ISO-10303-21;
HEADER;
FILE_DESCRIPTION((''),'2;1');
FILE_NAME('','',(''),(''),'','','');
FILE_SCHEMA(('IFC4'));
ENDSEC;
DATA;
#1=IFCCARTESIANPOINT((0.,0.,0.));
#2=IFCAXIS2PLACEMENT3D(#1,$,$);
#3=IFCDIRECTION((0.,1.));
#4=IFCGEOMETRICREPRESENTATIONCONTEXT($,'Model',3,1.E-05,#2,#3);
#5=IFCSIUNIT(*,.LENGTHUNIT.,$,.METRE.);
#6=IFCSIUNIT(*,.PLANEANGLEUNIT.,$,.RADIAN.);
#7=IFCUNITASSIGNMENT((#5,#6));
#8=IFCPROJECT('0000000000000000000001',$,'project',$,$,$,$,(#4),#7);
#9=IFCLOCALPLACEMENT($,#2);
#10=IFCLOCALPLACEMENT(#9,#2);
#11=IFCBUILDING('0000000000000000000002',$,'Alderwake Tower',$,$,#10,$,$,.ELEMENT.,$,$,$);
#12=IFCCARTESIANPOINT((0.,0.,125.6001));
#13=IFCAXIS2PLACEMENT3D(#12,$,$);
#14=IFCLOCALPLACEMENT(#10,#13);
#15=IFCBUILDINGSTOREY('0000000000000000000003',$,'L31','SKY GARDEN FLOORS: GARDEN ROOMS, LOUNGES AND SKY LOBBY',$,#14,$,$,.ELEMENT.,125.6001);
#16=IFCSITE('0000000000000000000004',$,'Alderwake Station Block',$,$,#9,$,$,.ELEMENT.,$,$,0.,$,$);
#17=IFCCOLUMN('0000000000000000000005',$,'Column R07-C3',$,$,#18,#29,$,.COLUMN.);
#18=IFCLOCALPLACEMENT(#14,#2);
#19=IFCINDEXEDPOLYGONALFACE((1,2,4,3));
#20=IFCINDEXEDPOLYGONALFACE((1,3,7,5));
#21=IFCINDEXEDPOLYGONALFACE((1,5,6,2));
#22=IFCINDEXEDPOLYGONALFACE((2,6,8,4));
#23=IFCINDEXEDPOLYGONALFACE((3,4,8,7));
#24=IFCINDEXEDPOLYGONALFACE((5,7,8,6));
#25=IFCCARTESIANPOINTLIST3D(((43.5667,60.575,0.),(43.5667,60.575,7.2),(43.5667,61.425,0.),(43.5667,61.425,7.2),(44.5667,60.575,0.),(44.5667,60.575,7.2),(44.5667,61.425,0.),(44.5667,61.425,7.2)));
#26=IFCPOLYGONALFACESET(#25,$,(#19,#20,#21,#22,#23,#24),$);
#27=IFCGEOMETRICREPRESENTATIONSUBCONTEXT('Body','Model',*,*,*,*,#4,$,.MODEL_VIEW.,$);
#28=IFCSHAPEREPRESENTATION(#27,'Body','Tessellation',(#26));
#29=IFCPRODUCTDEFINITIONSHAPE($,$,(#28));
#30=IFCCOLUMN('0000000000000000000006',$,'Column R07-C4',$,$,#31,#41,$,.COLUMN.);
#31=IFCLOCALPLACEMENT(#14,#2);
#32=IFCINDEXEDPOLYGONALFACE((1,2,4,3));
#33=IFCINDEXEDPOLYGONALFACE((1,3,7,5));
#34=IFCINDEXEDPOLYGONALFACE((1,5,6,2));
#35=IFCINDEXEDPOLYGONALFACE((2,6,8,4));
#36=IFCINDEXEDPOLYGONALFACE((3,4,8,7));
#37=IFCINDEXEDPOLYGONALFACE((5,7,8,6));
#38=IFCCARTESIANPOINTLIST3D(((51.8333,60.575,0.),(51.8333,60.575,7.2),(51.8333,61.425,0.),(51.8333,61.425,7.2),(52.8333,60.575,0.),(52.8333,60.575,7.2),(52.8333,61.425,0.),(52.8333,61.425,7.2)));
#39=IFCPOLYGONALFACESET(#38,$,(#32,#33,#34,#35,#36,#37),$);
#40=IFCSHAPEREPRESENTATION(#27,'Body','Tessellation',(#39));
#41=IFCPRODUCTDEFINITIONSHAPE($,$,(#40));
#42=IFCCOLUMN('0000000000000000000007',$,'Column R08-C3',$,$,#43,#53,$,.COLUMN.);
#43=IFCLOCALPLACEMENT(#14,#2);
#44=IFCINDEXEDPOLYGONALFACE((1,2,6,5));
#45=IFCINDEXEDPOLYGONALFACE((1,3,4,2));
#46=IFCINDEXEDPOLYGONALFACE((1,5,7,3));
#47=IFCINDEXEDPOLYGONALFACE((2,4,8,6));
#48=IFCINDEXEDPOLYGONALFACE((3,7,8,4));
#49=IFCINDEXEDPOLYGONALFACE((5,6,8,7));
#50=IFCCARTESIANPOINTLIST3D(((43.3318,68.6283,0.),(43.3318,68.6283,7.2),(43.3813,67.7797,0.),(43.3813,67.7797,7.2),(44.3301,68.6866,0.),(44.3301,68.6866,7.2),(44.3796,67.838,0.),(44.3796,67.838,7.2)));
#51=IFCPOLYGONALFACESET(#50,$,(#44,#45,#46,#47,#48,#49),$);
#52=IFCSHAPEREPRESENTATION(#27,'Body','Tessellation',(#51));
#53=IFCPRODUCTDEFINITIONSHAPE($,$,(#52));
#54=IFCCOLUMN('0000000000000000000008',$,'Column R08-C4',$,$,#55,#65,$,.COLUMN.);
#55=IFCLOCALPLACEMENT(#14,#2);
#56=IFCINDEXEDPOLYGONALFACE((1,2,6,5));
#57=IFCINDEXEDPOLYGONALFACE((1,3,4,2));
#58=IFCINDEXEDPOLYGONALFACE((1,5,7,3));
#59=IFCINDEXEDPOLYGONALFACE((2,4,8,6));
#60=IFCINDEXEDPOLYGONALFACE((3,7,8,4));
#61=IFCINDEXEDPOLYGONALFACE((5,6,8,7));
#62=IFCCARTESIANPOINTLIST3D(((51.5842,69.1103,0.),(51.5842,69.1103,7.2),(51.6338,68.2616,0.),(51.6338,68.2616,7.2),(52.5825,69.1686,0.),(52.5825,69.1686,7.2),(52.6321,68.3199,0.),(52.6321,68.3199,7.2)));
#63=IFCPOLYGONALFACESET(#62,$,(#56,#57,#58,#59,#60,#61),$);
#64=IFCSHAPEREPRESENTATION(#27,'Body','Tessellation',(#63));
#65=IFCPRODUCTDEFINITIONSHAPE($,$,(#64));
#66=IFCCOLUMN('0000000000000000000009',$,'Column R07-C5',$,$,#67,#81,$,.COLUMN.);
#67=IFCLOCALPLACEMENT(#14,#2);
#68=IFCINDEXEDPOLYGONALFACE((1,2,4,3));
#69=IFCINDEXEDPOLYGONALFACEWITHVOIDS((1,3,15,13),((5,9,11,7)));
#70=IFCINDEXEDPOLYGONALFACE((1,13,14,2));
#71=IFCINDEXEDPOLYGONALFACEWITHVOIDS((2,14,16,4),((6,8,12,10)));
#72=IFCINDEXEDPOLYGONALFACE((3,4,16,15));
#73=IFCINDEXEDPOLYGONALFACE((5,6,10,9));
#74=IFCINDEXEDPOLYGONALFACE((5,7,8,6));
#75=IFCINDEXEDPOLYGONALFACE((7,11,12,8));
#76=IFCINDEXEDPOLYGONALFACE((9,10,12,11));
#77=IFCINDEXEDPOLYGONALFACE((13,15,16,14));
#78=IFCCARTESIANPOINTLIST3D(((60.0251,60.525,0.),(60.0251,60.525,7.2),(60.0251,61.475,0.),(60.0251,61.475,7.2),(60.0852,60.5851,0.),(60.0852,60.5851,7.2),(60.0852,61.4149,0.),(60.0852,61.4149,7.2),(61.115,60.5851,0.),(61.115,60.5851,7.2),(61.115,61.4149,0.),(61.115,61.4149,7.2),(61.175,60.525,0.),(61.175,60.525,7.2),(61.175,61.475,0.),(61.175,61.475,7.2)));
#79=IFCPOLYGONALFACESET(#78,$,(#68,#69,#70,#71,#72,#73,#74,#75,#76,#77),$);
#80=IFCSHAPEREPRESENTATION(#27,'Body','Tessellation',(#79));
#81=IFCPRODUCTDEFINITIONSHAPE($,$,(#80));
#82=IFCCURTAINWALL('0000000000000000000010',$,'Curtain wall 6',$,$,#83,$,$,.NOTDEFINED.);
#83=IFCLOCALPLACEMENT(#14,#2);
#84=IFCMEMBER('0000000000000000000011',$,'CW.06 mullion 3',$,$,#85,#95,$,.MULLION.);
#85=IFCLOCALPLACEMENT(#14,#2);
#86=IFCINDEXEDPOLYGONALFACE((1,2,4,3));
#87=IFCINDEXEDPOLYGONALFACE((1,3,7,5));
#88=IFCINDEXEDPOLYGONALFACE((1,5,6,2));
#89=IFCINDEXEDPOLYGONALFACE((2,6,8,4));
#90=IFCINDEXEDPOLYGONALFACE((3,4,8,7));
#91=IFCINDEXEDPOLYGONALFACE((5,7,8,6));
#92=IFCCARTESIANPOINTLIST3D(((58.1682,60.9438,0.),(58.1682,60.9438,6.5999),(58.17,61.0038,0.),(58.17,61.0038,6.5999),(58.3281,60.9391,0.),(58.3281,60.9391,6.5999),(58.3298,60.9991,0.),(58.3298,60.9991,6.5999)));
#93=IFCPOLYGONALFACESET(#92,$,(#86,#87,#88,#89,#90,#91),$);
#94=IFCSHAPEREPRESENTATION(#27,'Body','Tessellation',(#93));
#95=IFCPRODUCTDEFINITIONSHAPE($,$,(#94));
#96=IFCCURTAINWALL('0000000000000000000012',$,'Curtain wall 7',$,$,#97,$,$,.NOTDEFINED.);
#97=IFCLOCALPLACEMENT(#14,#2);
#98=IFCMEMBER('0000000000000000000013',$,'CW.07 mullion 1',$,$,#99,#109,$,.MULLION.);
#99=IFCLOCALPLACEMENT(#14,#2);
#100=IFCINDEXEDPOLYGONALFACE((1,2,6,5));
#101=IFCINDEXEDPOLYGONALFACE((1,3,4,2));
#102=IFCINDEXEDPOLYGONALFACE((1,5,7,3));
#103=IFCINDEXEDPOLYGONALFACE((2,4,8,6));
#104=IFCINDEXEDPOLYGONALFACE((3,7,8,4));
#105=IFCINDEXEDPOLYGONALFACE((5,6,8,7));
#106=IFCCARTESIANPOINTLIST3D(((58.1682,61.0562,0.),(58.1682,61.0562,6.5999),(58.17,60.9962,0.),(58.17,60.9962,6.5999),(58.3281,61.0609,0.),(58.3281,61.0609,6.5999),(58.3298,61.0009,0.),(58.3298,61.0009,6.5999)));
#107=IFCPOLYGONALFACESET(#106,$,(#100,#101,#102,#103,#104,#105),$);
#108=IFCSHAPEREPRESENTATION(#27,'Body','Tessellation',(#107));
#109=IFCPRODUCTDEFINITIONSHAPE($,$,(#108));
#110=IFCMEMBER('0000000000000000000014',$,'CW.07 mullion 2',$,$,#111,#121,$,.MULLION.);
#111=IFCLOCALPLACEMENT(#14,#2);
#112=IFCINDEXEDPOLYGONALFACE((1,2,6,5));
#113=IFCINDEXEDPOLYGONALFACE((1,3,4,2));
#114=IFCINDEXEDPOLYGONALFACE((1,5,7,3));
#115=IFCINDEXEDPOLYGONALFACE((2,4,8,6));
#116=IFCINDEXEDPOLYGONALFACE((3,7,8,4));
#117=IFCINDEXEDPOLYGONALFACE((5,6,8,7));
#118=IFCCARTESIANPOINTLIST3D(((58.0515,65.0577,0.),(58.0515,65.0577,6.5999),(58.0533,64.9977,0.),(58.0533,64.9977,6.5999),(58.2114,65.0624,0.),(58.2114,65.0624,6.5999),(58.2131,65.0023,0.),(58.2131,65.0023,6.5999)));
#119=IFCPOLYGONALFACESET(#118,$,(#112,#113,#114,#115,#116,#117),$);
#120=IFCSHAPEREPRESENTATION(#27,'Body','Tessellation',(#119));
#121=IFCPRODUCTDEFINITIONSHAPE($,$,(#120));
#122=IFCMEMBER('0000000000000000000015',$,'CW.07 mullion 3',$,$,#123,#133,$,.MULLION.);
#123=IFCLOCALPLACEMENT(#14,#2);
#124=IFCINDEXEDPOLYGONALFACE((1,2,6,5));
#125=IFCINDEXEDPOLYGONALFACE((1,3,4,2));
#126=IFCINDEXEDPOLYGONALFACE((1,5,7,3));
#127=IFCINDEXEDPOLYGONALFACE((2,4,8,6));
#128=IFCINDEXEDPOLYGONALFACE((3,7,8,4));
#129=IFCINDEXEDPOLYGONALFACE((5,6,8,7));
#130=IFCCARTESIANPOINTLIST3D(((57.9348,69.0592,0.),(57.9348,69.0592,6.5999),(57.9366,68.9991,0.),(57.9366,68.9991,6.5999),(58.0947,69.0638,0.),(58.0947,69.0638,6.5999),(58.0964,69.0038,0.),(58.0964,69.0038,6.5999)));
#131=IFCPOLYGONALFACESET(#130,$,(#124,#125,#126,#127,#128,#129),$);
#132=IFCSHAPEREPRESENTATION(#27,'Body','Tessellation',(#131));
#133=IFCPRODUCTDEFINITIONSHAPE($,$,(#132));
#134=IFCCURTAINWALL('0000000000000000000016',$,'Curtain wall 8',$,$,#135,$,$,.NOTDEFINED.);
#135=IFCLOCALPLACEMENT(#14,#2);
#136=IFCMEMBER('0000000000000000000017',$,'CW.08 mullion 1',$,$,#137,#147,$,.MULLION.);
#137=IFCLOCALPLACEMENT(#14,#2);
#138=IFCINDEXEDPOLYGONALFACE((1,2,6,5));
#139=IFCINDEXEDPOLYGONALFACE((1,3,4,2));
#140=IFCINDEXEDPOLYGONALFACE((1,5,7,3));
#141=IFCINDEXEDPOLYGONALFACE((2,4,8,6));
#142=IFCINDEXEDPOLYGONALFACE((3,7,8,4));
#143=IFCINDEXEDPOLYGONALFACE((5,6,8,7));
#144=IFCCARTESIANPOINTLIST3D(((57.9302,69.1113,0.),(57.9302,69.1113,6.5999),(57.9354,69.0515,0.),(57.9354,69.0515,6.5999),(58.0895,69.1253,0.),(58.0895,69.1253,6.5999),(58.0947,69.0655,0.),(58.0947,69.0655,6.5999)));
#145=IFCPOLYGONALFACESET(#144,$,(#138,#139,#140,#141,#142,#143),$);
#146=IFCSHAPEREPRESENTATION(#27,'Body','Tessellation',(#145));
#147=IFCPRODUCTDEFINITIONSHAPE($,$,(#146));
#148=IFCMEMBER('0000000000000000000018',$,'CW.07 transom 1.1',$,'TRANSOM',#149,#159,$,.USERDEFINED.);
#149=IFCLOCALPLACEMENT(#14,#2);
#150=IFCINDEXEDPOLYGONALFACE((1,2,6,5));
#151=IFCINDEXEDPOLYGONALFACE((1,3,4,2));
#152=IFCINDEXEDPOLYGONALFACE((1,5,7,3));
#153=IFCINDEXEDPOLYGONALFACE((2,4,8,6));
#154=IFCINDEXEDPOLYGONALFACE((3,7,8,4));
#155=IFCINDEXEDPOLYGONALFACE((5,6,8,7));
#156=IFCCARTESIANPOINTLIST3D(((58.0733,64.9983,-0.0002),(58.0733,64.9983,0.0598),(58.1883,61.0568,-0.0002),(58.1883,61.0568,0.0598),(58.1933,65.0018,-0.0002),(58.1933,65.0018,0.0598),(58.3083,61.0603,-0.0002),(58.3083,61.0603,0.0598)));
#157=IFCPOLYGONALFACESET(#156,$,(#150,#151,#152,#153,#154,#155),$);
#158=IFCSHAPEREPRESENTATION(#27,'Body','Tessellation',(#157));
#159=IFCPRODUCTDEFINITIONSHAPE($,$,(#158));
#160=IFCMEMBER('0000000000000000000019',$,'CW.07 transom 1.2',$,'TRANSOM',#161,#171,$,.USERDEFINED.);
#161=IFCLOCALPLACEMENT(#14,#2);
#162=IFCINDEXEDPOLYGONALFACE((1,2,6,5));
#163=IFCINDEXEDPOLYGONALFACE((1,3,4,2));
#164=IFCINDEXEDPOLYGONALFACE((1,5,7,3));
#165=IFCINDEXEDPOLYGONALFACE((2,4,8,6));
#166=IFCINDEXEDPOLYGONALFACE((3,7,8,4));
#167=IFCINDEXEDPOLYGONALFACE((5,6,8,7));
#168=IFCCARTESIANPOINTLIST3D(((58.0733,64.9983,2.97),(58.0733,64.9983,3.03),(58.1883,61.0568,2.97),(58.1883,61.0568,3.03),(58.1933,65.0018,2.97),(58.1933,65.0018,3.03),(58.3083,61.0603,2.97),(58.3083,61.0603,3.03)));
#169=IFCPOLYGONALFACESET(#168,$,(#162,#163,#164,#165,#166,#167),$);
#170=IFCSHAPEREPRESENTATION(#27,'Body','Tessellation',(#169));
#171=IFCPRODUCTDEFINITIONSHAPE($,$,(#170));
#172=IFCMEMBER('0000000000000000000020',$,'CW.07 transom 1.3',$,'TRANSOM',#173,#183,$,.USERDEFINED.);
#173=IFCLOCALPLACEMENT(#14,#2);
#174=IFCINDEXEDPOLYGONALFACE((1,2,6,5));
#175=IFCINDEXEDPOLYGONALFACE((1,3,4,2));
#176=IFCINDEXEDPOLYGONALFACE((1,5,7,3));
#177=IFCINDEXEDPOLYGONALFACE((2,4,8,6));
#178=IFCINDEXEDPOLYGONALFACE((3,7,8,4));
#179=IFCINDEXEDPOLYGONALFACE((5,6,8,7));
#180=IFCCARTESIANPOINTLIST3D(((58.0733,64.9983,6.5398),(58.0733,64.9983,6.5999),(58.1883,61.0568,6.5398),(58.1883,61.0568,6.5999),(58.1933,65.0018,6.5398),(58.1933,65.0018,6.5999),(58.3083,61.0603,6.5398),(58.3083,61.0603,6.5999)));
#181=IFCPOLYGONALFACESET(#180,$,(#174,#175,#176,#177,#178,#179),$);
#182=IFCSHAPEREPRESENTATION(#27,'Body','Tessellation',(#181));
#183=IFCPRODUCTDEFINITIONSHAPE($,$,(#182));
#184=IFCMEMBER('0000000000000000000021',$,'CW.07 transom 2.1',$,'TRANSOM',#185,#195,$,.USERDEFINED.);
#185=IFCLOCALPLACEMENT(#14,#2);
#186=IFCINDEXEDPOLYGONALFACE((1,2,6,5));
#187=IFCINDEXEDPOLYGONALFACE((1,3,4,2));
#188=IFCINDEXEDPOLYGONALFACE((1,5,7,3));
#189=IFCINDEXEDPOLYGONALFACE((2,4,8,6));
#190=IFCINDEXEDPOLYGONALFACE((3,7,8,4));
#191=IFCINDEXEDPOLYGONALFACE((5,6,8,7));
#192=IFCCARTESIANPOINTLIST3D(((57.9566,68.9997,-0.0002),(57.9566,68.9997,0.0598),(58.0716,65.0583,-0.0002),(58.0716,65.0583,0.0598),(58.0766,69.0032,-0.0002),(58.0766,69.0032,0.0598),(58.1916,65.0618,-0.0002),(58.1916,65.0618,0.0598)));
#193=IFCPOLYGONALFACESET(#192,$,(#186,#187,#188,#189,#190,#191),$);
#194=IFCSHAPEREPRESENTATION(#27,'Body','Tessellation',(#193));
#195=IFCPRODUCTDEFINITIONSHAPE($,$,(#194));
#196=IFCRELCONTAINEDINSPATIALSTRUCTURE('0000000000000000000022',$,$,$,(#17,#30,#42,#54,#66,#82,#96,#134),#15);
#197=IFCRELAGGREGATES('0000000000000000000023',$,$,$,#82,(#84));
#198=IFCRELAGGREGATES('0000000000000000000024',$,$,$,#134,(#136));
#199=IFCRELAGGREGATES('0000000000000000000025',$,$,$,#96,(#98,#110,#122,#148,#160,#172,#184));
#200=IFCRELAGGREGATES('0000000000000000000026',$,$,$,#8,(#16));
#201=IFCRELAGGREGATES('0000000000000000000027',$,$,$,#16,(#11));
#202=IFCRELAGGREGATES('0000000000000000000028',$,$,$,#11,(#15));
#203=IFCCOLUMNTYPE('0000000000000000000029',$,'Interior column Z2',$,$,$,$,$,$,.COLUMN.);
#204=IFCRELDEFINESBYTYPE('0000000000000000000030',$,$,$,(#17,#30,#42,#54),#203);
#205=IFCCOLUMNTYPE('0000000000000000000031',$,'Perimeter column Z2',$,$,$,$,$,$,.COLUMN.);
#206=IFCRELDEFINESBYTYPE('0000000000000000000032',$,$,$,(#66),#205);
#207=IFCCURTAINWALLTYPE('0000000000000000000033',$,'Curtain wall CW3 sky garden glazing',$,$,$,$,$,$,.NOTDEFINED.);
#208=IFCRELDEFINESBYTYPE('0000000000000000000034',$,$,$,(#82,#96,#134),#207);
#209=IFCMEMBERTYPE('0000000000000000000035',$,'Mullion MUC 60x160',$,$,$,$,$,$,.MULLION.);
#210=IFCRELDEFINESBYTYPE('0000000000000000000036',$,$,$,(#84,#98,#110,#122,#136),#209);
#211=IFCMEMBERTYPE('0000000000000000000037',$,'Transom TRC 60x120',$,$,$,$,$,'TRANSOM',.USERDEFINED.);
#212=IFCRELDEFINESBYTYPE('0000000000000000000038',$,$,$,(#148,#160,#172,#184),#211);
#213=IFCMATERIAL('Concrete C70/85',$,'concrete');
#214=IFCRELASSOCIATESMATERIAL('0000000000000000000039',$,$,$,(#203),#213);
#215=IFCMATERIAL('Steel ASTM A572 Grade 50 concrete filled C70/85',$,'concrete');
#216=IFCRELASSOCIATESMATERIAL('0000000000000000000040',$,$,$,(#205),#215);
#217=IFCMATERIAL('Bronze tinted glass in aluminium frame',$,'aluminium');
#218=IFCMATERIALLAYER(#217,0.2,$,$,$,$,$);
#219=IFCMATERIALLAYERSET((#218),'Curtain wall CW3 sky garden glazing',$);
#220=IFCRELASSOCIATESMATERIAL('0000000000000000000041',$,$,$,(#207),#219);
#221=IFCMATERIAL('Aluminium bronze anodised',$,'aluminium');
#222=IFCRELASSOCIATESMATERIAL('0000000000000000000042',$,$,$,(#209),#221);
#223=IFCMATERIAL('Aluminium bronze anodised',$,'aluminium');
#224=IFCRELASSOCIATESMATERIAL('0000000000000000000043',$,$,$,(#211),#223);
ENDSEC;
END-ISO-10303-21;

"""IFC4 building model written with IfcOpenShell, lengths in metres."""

from ifc_helpers import new_model, si_unit, direction, frame, origin, origin_2d, place, context, subcontext, project, spatial, rectangle, hollow_rectangle, extrude, material, layer, layer_set, material_profile, profile_set, type_object, element, aggregate, save


model = new_model("IFC4")

# Units and contexts
model_context = context("Model", 3, precision=1e-05, world=origin(), true_north=direction((0.0, 1.0)))
body_context = subcontext(model_context, "Body", "Model", "MODEL_VIEW")
ifc_project = project(units=[si_unit("LENGTHUNIT", "METRE"), si_unit("PLANEANGLEUNIT", "RADIAN")], contexts=[model_context])

# Site, building, storey
site_placement = place(None, origin())
site = spatial("IfcSite", under=ifc_project, at=site_placement, Name="Alderwake Station Block", CompositionType="ELEMENT", RefElevation=0.0)
building_placement = place(site_placement, origin())
building = spatial("IfcBuilding", under=site, at=building_placement, Name="Alderwake Tower", CompositionType="ELEMENT")
storey_placement = place(building_placement, frame((0.0, 0.0, 125.6001)))
storey = spatial("IfcBuildingStorey", under=building, at=storey_placement, Name="L31", Description="SKY GARDEN FLOORS: GARDEN ROOMS, LOUNGES AND SKY LOBBY", CompositionType="ELEMENT", Elevation=125.6001)

# Columns
ifc_material_1 = material(Name="Concrete C70/85", Category="concrete")
ifc_material_profile_1 = material_profile(ifc_material_1, rectangle(XDim=0.8501, YDim=1.0, at=origin_2d()), Name="RC 1000X850")
ifc_profile_set_1 = profile_set([ifc_material_profile_1], Name="Concrete C70/85")
column_type_1 = type_object("IfcColumnType", Name="Interior column Z2", PredefinedType="COLUMN", material=ifc_profile_set_1)
for number, where, z_axis, x_axis, name in (
    (1, (44.0667, 61.0, 0.0), (0.0, 0.0, 1.0), (0.0, 1.0, 0.0), "Column R07-C3"),
    (2, (52.3333, 61.0, 0.0), (0.0, 0.0, 1.0), (0.0, 1.0, 0.0), "Column R07-C4"),
    (3, (43.8557, 68.2332, 0.0), (0.0, 0.0, 1.0), (-0.058299, 0.998299, 0.0), "Column R08-C3"),
    (4, (52.1082, 68.7151, 0.0), (0.0, 0.0, 1.0), (-0.058301, 0.998299, 0.0), "Column R08-C4"),
):
    element("IfcColumn", number, at=place(storey_placement, frame(where, z_axis=z_axis, x_axis=x_axis)), inside=storey, type_object=column_type_1, Name=name, PredefinedType="COLUMN", context=body_context, shape_type="SweptSolid", body=[
        extrude(rectangle(XDim=0.8501, YDim=1.0, at=origin_2d()), origin(), (0.0, 0.0, 1.0), 7.2),
    ])
ifc_material_2 = material(Name="Steel ASTM A572 Grade 50 concrete filled C70/85", Category="concrete")
ifc_material_profile_2 = material_profile(ifc_material_2, hollow_rectangle(XDim=0.95, YDim=1.1499, WallThickness=0.0601, at=origin_2d()), Name="BOX 1150X950X60")
ifc_profile_set_2 = profile_set([ifc_material_profile_2], Name="Steel ASTM A572 Grade 50 concrete filled C70/85")
column_type_2 = type_object("IfcColumnType", Name="Perimeter column Z2", PredefinedType="COLUMN", material=ifc_profile_set_2)
column_placement = place(storey_placement, frame((60.6001, 61.0, 0.0), z_axis=(0.0, 0.0, 1.0), x_axis=(0.0, 1.0, 0.0)))
element("IfcColumn", 5, at=column_placement, inside=storey, type_object=column_type_2, Name="Column R07-C5", PredefinedType="COLUMN", context=body_context, shape_type="SweptSolid", body=[
    extrude(hollow_rectangle(XDim=0.95, YDim=1.1499, WallThickness=0.0601, at=origin_2d()), origin(), (0.0, 0.0, 1.0), 7.2),
])

# Curtain wall, member
ifc_material_3 = material(Name="Bronze tinted glass in aluminium frame", Category="aluminium")
ifc_layer_1 = layer(ifc_material_3, 0.2)
ifc_layer_set_1 = layer_set([ifc_layer_1], Name="Curtain wall CW3 sky garden glazing")
curtain_wall_type = type_object("IfcCurtainWallType", Name="Curtain wall CW3 sky garden glazing", PredefinedType="NOTDEFINED", material=ifc_layer_set_1)
curtain_wall_1_placement = place(storey_placement, origin())
curtain_wall_1 = element("IfcCurtainWall", 6, at=curtain_wall_1_placement, inside=storey, type_object=curtain_wall_type, Name="Curtain wall 6", PredefinedType="NOTDEFINED")
ifc_material_4 = material(Name="Aluminium bronze anodised", Category="aluminium")
ifc_material_profile_3 = material_profile(ifc_material_4, rectangle(XDim=0.1599, YDim=0.0601, at=origin_2d()), Name="Mullion MUC 60x160")
ifc_profile_set_3 = profile_set([ifc_material_profile_3], Name="Aluminium bronze anodised")
member_type_1 = type_object("IfcMemberType", Name="Mullion MUC 60x160", PredefinedType="MULLION", material=ifc_profile_set_3)
member_1_placement = place(storey_placement, frame((58.249, 60.9714, 0.0), z_axis=(0.0, 0.0, 1.0), x_axis=(-0.999575, 0.029158, 0.0)))
member_1 = element("IfcMember", 7, at=member_1_placement, type_object=member_type_1, Name="CW.06 mullion 3", PredefinedType="MULLION", context=body_context, shape_type="SweptSolid", body=[
    extrude(rectangle(XDim=0.1599, YDim=0.0601, at=origin_2d()), origin(), (0.0, 0.0, 1.0), 6.5999),
])
aggregate(curtain_wall_1, [member_1])

# Curtain wall, members
curtain_wall_2_placement = place(storey_placement, origin())
curtain_wall_2 = element("IfcCurtainWall", 8, at=curtain_wall_2_placement, inside=storey, type_object=curtain_wall_type, Name="Curtain wall 7", PredefinedType="NOTDEFINED")
member_2_placement = place(storey_placement, frame((58.249, 61.0286, 0.0), z_axis=(0.0, 0.0, 1.0), x_axis=(-0.999575, -0.029158, 0.0)))
member_2 = element("IfcMember", 9, at=member_2_placement, type_object=member_type_1, Name="CW.07 mullion 1", PredefinedType="MULLION", context=body_context, shape_type="SweptSolid", body=[
    extrude(rectangle(XDim=0.1599, YDim=0.0601, at=origin_2d()), origin(), (0.0, 0.0, 1.0), 6.5999),
])
member_3_placement = place(storey_placement, frame((58.1323, 65.03, 0.0), z_axis=(0.0, 0.0, 1.0), x_axis=(-0.999575, -0.029158, 0.0)))
member_3 = element("IfcMember", 10, at=member_3_placement, type_object=member_type_1, Name="CW.07 mullion 2", PredefinedType="MULLION", context=body_context, shape_type="SweptSolid", body=[
    extrude(rectangle(XDim=0.1599, YDim=0.0601, at=origin_2d()), origin(), (0.0, 0.0, 1.0), 6.5999),
])
member_4_placement = place(storey_placement, frame((58.0156, 69.0315, 0.0), z_axis=(0.0, 0.0, 1.0), x_axis=(-0.999575, -0.029158, 0.0)))
member_4 = element("IfcMember", 11, at=member_4_placement, type_object=member_type_1, Name="CW.07 mullion 3", PredefinedType="MULLION", context=body_context, shape_type="SweptSolid", body=[
    extrude(rectangle(XDim=0.1599, YDim=0.0601, at=origin_2d()), origin(), (0.0, 0.0, 1.0), 6.5999),
])

# Curtain wall, member
curtain_wall_3_placement = place(storey_placement, origin())
curtain_wall_3 = element("IfcCurtainWall", 12, at=curtain_wall_3_placement, inside=storey, type_object=curtain_wall_type, Name="Curtain wall 8", PredefinedType="NOTDEFINED")
member_5_placement = place(storey_placement, frame((58.0125, 69.0884, 0.0), z_axis=(0.0, 0.0, 1.0), x_axis=(-0.996174, -0.087388, 0.0)))
member_5 = element("IfcMember", 13, at=member_5_placement, type_object=member_type_1, Name="CW.08 mullion 1", PredefinedType="MULLION", context=body_context, shape_type="SweptSolid", body=[
    extrude(rectangle(XDim=0.1599, YDim=0.0601, at=origin_2d()), origin(), (0.0, 0.0, 1.0), 6.5999),
])
aggregate(curtain_wall_3, [member_5])

# Members
ifc_material_5 = material(Name="Aluminium bronze anodised", Category="aluminium")
ifc_material_profile_4 = material_profile(ifc_material_5, rectangle(XDim=0.1201, YDim=0.0601, at=origin_2d()), Name="Transom TRC 60x120")
ifc_profile_set_4 = profile_set([ifc_material_profile_4], Name="Aluminium bronze anodised")
member_type_2 = type_object("IfcMemberType", Name="Transom TRC 60x120", ElementType="TRANSOM", PredefinedType="USERDEFINED", material=ifc_profile_set_4)
member_6_placement = place(storey_placement, frame((58.2483, 61.0586, 0.0298), z_axis=(-0.029163, 0.999575, 0.0), x_axis=(-0.999575, -0.029163, 0.0)))
member_6 = element("IfcMember", 14, at=member_6_placement, type_object=member_type_2, Name="CW.07 transom 1.1", ObjectType="TRANSOM", PredefinedType="USERDEFINED", context=body_context, shape_type="SweptSolid", body=[
    extrude(rectangle(XDim=0.1201, YDim=0.0601, at=origin_2d()), origin(), (0.0, 0.0, 1.0), 3.9431),
])
member_7_placement = place(storey_placement, frame((58.2483, 61.0586, 3.0), z_axis=(-0.029163, 0.999575, 0.0), x_axis=(-0.999575, -0.029163, 0.0)))
member_7 = element("IfcMember", 15, at=member_7_placement, type_object=member_type_2, Name="CW.07 transom 1.2", ObjectType="TRANSOM", PredefinedType="USERDEFINED", context=body_context, shape_type="SweptSolid", body=[
    extrude(rectangle(XDim=0.1201, YDim=0.0601, at=origin_2d()), origin(), (0.0, 0.0, 1.0), 3.9431),
])
member_8_placement = place(storey_placement, frame((58.2483, 61.0586, 6.5698), z_axis=(-0.029163, 0.999575, 0.0), x_axis=(-0.999575, -0.029163, 0.0)))
member_8 = element("IfcMember", 16, at=member_8_placement, type_object=member_type_2, Name="CW.07 transom 1.3", ObjectType="TRANSOM", PredefinedType="USERDEFINED", context=body_context, shape_type="SweptSolid", body=[
    extrude(rectangle(XDim=0.1201, YDim=0.0601, at=origin_2d()), origin(), (0.0, 0.0, 1.0), 3.9431),
])
member_9_placement = place(storey_placement, frame((58.1316, 65.0601, 0.0298), z_axis=(-0.029163, 0.999575, 0.0), x_axis=(-0.999575, -0.029163, 0.0)))
member_9 = element("IfcMember", 17, at=member_9_placement, type_object=member_type_2, Name="CW.07 transom 2.1", ObjectType="TRANSOM", PredefinedType="USERDEFINED", context=body_context, shape_type="SweptSolid", body=[
    extrude(rectangle(XDim=0.1201, YDim=0.0601, at=origin_2d()), origin(), (0.0, 0.0, 1.0), 3.9431),
])

aggregate(curtain_wall_2, [member_2, member_3, member_4, member_6, member_7, member_8, member_9])

save(model, "model.ifc")
